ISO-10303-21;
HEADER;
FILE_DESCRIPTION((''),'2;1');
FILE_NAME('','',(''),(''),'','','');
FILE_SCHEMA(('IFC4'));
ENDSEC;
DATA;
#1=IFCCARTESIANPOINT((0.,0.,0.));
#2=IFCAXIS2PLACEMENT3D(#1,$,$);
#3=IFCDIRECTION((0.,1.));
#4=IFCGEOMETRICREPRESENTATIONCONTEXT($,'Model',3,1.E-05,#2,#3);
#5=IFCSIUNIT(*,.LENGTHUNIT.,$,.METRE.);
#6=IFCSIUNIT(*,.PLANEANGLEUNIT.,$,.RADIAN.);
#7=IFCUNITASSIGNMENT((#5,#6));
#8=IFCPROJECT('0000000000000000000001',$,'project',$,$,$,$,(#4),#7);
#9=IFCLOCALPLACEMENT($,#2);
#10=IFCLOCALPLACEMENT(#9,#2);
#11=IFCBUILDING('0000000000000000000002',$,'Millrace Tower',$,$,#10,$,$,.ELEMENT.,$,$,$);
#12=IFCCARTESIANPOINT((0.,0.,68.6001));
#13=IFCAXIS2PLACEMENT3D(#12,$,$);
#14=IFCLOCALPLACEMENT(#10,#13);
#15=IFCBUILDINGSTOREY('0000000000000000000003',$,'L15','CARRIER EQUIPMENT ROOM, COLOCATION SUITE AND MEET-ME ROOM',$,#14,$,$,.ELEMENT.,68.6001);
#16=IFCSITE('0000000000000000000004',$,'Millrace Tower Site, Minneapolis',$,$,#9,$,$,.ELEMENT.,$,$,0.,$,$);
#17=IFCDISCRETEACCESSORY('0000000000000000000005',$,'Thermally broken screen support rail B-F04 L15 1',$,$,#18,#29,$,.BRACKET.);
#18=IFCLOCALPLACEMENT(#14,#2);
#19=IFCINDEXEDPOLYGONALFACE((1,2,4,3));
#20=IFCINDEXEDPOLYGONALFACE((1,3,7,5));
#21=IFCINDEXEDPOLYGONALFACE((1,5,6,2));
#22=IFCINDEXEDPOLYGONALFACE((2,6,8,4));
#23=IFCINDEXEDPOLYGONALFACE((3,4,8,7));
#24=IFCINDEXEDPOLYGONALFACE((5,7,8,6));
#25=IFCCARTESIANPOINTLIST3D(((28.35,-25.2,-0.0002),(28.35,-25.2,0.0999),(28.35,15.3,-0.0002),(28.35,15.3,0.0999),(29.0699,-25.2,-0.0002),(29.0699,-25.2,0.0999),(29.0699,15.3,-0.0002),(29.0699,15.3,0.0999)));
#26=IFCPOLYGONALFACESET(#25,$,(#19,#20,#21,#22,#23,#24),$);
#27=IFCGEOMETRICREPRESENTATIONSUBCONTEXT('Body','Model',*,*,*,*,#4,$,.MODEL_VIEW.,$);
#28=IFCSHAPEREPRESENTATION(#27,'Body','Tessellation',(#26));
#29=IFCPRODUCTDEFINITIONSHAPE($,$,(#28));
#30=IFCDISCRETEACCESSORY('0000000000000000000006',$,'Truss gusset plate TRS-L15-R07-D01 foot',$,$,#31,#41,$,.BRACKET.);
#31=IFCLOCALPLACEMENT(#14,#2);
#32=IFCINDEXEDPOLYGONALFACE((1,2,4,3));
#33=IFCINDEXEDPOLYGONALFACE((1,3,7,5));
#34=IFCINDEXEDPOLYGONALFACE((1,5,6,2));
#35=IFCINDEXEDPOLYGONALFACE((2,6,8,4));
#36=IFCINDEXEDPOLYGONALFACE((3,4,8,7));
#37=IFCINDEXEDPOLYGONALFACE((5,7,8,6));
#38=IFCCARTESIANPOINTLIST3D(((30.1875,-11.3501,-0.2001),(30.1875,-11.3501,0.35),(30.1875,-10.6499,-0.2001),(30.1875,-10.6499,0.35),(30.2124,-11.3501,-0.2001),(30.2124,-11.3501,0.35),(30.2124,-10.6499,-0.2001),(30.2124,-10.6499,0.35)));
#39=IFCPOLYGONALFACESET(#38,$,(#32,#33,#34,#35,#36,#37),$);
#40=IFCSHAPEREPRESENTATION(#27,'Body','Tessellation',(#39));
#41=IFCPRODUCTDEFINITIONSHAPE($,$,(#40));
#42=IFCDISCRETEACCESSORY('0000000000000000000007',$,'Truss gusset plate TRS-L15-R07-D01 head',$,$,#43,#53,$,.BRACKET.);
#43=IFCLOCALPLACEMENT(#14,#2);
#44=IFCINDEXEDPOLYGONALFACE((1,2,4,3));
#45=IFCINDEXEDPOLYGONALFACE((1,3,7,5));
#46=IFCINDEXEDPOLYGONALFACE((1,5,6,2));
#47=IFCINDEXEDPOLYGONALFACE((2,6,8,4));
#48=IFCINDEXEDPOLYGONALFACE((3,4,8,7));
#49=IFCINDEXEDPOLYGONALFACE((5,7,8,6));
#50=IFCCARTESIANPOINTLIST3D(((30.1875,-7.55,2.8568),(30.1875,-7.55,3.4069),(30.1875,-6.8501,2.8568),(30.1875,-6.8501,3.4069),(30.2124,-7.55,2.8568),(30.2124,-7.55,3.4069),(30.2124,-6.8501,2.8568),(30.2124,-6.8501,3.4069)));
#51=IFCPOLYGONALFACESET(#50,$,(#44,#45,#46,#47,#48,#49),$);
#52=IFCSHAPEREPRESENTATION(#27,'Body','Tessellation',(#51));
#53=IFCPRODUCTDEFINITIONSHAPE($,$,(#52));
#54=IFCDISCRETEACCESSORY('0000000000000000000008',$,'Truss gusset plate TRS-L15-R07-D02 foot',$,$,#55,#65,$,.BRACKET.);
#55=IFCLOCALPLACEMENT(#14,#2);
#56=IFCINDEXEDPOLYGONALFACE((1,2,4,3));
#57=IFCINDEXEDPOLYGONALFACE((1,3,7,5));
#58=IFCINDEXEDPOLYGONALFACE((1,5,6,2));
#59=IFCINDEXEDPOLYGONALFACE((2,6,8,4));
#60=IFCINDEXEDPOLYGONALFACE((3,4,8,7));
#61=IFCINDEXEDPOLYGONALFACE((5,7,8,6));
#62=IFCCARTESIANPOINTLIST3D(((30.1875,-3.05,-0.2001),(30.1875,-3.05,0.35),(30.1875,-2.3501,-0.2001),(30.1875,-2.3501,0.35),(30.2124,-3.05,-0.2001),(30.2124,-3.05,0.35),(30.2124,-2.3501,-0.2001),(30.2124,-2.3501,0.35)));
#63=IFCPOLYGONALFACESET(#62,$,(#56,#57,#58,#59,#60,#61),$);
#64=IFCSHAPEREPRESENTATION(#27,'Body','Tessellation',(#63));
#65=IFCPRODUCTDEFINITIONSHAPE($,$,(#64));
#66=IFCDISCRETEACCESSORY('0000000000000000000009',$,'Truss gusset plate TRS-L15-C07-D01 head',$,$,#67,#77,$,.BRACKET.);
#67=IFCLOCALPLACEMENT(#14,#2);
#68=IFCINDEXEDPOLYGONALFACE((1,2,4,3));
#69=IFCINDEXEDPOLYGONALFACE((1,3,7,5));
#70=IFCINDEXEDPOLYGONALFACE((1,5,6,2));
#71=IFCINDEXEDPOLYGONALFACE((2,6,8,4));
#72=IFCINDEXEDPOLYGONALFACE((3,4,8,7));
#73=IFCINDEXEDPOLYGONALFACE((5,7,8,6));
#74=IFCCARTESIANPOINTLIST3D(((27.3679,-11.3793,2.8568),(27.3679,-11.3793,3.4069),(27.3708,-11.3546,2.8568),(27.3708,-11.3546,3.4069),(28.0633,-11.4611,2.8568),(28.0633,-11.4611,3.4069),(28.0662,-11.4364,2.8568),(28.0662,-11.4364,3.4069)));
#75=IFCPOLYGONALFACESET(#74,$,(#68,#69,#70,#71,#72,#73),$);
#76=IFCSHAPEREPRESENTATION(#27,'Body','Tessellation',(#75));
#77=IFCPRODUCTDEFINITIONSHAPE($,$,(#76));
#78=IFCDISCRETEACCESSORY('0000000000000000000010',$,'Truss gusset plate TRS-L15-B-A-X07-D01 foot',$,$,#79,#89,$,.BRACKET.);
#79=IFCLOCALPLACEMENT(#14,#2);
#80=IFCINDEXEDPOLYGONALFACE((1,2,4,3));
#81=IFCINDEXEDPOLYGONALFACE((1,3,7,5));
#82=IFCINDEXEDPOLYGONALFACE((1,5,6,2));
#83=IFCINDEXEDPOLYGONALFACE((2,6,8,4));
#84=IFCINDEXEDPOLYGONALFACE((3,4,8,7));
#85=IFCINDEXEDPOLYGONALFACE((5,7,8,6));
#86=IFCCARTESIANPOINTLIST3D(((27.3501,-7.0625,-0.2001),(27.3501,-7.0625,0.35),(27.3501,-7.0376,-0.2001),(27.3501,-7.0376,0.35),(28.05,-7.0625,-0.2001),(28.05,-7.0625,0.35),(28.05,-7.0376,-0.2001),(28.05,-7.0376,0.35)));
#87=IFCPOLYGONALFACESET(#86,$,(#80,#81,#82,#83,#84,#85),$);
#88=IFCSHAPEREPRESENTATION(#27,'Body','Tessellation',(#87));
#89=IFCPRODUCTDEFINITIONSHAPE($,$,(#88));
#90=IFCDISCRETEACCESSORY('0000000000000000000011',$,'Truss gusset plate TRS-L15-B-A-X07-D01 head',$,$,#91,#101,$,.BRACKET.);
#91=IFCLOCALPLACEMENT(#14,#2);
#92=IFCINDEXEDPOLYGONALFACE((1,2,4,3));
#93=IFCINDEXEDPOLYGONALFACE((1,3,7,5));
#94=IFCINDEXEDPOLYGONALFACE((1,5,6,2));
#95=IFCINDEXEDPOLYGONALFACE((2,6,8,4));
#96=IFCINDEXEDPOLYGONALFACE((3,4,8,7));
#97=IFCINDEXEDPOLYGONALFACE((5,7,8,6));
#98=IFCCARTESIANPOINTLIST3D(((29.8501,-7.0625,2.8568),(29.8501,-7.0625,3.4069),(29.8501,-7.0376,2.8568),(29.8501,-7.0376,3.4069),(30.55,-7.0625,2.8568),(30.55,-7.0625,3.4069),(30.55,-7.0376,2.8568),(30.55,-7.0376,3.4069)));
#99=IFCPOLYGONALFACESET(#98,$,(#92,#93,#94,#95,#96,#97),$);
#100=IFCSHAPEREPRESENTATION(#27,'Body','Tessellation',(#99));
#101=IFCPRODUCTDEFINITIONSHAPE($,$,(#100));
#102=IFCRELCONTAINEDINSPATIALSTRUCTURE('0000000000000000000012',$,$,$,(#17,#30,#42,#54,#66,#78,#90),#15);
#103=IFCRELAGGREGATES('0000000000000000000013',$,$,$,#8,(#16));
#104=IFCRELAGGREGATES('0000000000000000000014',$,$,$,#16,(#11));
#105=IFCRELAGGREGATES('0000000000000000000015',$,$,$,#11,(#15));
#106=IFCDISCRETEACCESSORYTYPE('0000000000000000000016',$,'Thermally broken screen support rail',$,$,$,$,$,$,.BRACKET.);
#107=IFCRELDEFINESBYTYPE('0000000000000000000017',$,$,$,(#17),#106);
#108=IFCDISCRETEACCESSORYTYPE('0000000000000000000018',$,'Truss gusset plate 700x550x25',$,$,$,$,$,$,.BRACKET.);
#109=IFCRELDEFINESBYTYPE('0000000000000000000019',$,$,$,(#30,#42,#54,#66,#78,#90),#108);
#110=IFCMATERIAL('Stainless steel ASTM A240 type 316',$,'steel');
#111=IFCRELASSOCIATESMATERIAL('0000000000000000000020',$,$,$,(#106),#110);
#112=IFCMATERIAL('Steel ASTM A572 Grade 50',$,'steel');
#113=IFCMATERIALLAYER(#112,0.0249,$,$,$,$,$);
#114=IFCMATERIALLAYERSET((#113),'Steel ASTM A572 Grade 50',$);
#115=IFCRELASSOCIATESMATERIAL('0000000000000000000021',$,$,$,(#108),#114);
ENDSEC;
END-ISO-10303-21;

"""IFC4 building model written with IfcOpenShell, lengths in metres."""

from ifc_helpers import new_model, si_unit, direction, frame, origin, origin_2d, place, context, subcontext, project, spatial, rectangle, extrude, material, layer, layer_set, type_object, element, save


model = new_model("IFC4")

# Units and contexts
model_context = context("Model", 3, precision=1e-05, world=origin(), true_north=direction((0.0, 1.0)))
body_context = subcontext(model_context, "Body", "Model", "MODEL_VIEW")
ifc_project = project(units=[si_unit("LENGTHUNIT", "METRE"), si_unit("PLANEANGLEUNIT", "RADIAN")], contexts=[model_context])

# Site, building, storey
site_placement = place(None, origin())
site = spatial("IfcSite", under=ifc_project, at=site_placement, Name="Millrace Tower Site, Minneapolis", CompositionType="ELEMENT", RefElevation=0.0)
building_placement = place(site_placement, origin())
building = spatial("IfcBuilding", under=site, at=building_placement, Name="Millrace Tower", CompositionType="ELEMENT")
storey_placement = place(building_placement, frame((0.0, 0.0, 68.6001)))
storey = spatial("IfcBuildingStorey", under=building, at=storey_placement, Name="L15", Description="CARRIER EQUIPMENT ROOM, COLOCATION SUITE AND MEET-ME ROOM", CompositionType="ELEMENT", Elevation=68.6001)

# Discrete accessories
ifc_material_1 = material(Name="Stainless steel ASTM A240 type 316", Category="steel")
discrete_accessory_type_1 = type_object("IfcDiscreteAccessoryType", Name="Thermally broken screen support rail", PredefinedType="BRACKET", material=ifc_material_1)
discrete_accessory_1_placement = place(storey_placement, frame((28.71, -4.95, -0.0002), z_axis=(0.0, 0.0, 1.0), x_axis=(0.0, 1.0, 0.0)))
element("IfcDiscreteAccessory", 1, at=discrete_accessory_1_placement, inside=storey, type_object=discrete_accessory_type_1, Name="Thermally broken screen support rail B-F04 L15 1", PredefinedType="BRACKET", context=body_context, shape_type="SweptSolid", body=[
    extrude(rectangle(XDim=40.5, YDim=0.72, at=origin_2d()), origin(), (0.0, 0.0, 1.0), 0.1001),
])
ifc_material_2 = material(Name="Steel ASTM A572 Grade 50", Category="steel")
ifc_layer_1 = layer(ifc_material_2, 0.0249)
ifc_layer_set_1 = layer_set([ifc_layer_1], Name="Steel ASTM A572 Grade 50")
discrete_accessory_type_2 = type_object("IfcDiscreteAccessoryType", Name="Truss gusset plate 700x550x25", PredefinedType="BRACKET", material=ifc_layer_set_1)
discrete_accessory_2_placement = place(storey_placement, frame((30.2, -11.3501, 0.075), z_axis=(0.0, 1.0, 0.0), x_axis=(-1.0, 0.0, 0.0)))
element("IfcDiscreteAccessory", 2, at=discrete_accessory_2_placement, inside=storey, type_object=discrete_accessory_type_2, Name="Truss gusset plate TRS-L15-R07-D01 foot", PredefinedType="BRACKET", context=body_context, shape_type="SweptSolid", body=[
    extrude(rectangle(XDim=0.0249, YDim=0.55, at=origin_2d()), origin(), (0.0, 0.0, 1.0), 0.7002),
])
for number, where, z_axis, x_axis, name in (
    (3, (30.2, -7.55, 3.1318), (0.0, 1.0, 0.0), (-1.0, 0.0, 0.0), "Truss gusset plate TRS-L15-R07-D01 head"),
    (4, (30.2, -3.05, 0.075), (0.0, 1.0, 0.0), (-1.0, 0.0, 0.0), "Truss gusset plate TRS-L15-R07-D02 foot"),
):
    element("IfcDiscreteAccessory", number, at=place(storey_placement, frame(where, z_axis=z_axis, x_axis=x_axis)), inside=storey, type_object=discrete_accessory_type_2, Name=name, PredefinedType="BRACKET", context=body_context, shape_type="SweptSolid", body=[
        extrude(rectangle(XDim=0.0249, YDim=0.55, at=origin_2d()), origin(), (0.0, 0.0, 1.0), 0.7),
    ])
discrete_accessory_3_placement = place(storey_placement, frame((27.3694, -11.3669, 3.1318), z_axis=(0.993153, -0.116821, 0.0), x_axis=(0.116821, 0.993153, 0.0)))
element("IfcDiscreteAccessory", 5, at=discrete_accessory_3_placement, inside=storey, type_object=discrete_accessory_type_2, Name="Truss gusset plate TRS-L15-C07-D01 head", PredefinedType="BRACKET", context=body_context, shape_type="SweptSolid", body=[
    extrude(rectangle(XDim=0.0249, YDim=0.55, at=origin_2d()), origin(), (0.0, 0.0, 1.0), 0.7002),
])
for number, where, z_axis, x_axis, name in (
    (6, (27.3501, -7.05, 0.075), (1.0, 0.0, 0.0), (0.0, 1.0, 0.0), "Truss gusset plate TRS-L15-B-A-X07-D01 foot"),
    (7, (29.8501, -7.05, 3.1318), (1.0, 0.0, 0.0), (0.0, 1.0, 0.0), "Truss gusset plate TRS-L15-B-A-X07-D01 head"),
):
    element("IfcDiscreteAccessory", number, at=place(storey_placement, frame(where, z_axis=z_axis, x_axis=x_axis)), inside=storey, type_object=discrete_accessory_type_2, Name=name, PredefinedType="BRACKET", context=body_context, shape_type="SweptSolid", body=[
        extrude(rectangle(XDim=0.0249, YDim=0.55, at=origin_2d()), origin(), (0.0, 0.0, 1.0), 0.7),
    ])

save(model, "model.ifc")
